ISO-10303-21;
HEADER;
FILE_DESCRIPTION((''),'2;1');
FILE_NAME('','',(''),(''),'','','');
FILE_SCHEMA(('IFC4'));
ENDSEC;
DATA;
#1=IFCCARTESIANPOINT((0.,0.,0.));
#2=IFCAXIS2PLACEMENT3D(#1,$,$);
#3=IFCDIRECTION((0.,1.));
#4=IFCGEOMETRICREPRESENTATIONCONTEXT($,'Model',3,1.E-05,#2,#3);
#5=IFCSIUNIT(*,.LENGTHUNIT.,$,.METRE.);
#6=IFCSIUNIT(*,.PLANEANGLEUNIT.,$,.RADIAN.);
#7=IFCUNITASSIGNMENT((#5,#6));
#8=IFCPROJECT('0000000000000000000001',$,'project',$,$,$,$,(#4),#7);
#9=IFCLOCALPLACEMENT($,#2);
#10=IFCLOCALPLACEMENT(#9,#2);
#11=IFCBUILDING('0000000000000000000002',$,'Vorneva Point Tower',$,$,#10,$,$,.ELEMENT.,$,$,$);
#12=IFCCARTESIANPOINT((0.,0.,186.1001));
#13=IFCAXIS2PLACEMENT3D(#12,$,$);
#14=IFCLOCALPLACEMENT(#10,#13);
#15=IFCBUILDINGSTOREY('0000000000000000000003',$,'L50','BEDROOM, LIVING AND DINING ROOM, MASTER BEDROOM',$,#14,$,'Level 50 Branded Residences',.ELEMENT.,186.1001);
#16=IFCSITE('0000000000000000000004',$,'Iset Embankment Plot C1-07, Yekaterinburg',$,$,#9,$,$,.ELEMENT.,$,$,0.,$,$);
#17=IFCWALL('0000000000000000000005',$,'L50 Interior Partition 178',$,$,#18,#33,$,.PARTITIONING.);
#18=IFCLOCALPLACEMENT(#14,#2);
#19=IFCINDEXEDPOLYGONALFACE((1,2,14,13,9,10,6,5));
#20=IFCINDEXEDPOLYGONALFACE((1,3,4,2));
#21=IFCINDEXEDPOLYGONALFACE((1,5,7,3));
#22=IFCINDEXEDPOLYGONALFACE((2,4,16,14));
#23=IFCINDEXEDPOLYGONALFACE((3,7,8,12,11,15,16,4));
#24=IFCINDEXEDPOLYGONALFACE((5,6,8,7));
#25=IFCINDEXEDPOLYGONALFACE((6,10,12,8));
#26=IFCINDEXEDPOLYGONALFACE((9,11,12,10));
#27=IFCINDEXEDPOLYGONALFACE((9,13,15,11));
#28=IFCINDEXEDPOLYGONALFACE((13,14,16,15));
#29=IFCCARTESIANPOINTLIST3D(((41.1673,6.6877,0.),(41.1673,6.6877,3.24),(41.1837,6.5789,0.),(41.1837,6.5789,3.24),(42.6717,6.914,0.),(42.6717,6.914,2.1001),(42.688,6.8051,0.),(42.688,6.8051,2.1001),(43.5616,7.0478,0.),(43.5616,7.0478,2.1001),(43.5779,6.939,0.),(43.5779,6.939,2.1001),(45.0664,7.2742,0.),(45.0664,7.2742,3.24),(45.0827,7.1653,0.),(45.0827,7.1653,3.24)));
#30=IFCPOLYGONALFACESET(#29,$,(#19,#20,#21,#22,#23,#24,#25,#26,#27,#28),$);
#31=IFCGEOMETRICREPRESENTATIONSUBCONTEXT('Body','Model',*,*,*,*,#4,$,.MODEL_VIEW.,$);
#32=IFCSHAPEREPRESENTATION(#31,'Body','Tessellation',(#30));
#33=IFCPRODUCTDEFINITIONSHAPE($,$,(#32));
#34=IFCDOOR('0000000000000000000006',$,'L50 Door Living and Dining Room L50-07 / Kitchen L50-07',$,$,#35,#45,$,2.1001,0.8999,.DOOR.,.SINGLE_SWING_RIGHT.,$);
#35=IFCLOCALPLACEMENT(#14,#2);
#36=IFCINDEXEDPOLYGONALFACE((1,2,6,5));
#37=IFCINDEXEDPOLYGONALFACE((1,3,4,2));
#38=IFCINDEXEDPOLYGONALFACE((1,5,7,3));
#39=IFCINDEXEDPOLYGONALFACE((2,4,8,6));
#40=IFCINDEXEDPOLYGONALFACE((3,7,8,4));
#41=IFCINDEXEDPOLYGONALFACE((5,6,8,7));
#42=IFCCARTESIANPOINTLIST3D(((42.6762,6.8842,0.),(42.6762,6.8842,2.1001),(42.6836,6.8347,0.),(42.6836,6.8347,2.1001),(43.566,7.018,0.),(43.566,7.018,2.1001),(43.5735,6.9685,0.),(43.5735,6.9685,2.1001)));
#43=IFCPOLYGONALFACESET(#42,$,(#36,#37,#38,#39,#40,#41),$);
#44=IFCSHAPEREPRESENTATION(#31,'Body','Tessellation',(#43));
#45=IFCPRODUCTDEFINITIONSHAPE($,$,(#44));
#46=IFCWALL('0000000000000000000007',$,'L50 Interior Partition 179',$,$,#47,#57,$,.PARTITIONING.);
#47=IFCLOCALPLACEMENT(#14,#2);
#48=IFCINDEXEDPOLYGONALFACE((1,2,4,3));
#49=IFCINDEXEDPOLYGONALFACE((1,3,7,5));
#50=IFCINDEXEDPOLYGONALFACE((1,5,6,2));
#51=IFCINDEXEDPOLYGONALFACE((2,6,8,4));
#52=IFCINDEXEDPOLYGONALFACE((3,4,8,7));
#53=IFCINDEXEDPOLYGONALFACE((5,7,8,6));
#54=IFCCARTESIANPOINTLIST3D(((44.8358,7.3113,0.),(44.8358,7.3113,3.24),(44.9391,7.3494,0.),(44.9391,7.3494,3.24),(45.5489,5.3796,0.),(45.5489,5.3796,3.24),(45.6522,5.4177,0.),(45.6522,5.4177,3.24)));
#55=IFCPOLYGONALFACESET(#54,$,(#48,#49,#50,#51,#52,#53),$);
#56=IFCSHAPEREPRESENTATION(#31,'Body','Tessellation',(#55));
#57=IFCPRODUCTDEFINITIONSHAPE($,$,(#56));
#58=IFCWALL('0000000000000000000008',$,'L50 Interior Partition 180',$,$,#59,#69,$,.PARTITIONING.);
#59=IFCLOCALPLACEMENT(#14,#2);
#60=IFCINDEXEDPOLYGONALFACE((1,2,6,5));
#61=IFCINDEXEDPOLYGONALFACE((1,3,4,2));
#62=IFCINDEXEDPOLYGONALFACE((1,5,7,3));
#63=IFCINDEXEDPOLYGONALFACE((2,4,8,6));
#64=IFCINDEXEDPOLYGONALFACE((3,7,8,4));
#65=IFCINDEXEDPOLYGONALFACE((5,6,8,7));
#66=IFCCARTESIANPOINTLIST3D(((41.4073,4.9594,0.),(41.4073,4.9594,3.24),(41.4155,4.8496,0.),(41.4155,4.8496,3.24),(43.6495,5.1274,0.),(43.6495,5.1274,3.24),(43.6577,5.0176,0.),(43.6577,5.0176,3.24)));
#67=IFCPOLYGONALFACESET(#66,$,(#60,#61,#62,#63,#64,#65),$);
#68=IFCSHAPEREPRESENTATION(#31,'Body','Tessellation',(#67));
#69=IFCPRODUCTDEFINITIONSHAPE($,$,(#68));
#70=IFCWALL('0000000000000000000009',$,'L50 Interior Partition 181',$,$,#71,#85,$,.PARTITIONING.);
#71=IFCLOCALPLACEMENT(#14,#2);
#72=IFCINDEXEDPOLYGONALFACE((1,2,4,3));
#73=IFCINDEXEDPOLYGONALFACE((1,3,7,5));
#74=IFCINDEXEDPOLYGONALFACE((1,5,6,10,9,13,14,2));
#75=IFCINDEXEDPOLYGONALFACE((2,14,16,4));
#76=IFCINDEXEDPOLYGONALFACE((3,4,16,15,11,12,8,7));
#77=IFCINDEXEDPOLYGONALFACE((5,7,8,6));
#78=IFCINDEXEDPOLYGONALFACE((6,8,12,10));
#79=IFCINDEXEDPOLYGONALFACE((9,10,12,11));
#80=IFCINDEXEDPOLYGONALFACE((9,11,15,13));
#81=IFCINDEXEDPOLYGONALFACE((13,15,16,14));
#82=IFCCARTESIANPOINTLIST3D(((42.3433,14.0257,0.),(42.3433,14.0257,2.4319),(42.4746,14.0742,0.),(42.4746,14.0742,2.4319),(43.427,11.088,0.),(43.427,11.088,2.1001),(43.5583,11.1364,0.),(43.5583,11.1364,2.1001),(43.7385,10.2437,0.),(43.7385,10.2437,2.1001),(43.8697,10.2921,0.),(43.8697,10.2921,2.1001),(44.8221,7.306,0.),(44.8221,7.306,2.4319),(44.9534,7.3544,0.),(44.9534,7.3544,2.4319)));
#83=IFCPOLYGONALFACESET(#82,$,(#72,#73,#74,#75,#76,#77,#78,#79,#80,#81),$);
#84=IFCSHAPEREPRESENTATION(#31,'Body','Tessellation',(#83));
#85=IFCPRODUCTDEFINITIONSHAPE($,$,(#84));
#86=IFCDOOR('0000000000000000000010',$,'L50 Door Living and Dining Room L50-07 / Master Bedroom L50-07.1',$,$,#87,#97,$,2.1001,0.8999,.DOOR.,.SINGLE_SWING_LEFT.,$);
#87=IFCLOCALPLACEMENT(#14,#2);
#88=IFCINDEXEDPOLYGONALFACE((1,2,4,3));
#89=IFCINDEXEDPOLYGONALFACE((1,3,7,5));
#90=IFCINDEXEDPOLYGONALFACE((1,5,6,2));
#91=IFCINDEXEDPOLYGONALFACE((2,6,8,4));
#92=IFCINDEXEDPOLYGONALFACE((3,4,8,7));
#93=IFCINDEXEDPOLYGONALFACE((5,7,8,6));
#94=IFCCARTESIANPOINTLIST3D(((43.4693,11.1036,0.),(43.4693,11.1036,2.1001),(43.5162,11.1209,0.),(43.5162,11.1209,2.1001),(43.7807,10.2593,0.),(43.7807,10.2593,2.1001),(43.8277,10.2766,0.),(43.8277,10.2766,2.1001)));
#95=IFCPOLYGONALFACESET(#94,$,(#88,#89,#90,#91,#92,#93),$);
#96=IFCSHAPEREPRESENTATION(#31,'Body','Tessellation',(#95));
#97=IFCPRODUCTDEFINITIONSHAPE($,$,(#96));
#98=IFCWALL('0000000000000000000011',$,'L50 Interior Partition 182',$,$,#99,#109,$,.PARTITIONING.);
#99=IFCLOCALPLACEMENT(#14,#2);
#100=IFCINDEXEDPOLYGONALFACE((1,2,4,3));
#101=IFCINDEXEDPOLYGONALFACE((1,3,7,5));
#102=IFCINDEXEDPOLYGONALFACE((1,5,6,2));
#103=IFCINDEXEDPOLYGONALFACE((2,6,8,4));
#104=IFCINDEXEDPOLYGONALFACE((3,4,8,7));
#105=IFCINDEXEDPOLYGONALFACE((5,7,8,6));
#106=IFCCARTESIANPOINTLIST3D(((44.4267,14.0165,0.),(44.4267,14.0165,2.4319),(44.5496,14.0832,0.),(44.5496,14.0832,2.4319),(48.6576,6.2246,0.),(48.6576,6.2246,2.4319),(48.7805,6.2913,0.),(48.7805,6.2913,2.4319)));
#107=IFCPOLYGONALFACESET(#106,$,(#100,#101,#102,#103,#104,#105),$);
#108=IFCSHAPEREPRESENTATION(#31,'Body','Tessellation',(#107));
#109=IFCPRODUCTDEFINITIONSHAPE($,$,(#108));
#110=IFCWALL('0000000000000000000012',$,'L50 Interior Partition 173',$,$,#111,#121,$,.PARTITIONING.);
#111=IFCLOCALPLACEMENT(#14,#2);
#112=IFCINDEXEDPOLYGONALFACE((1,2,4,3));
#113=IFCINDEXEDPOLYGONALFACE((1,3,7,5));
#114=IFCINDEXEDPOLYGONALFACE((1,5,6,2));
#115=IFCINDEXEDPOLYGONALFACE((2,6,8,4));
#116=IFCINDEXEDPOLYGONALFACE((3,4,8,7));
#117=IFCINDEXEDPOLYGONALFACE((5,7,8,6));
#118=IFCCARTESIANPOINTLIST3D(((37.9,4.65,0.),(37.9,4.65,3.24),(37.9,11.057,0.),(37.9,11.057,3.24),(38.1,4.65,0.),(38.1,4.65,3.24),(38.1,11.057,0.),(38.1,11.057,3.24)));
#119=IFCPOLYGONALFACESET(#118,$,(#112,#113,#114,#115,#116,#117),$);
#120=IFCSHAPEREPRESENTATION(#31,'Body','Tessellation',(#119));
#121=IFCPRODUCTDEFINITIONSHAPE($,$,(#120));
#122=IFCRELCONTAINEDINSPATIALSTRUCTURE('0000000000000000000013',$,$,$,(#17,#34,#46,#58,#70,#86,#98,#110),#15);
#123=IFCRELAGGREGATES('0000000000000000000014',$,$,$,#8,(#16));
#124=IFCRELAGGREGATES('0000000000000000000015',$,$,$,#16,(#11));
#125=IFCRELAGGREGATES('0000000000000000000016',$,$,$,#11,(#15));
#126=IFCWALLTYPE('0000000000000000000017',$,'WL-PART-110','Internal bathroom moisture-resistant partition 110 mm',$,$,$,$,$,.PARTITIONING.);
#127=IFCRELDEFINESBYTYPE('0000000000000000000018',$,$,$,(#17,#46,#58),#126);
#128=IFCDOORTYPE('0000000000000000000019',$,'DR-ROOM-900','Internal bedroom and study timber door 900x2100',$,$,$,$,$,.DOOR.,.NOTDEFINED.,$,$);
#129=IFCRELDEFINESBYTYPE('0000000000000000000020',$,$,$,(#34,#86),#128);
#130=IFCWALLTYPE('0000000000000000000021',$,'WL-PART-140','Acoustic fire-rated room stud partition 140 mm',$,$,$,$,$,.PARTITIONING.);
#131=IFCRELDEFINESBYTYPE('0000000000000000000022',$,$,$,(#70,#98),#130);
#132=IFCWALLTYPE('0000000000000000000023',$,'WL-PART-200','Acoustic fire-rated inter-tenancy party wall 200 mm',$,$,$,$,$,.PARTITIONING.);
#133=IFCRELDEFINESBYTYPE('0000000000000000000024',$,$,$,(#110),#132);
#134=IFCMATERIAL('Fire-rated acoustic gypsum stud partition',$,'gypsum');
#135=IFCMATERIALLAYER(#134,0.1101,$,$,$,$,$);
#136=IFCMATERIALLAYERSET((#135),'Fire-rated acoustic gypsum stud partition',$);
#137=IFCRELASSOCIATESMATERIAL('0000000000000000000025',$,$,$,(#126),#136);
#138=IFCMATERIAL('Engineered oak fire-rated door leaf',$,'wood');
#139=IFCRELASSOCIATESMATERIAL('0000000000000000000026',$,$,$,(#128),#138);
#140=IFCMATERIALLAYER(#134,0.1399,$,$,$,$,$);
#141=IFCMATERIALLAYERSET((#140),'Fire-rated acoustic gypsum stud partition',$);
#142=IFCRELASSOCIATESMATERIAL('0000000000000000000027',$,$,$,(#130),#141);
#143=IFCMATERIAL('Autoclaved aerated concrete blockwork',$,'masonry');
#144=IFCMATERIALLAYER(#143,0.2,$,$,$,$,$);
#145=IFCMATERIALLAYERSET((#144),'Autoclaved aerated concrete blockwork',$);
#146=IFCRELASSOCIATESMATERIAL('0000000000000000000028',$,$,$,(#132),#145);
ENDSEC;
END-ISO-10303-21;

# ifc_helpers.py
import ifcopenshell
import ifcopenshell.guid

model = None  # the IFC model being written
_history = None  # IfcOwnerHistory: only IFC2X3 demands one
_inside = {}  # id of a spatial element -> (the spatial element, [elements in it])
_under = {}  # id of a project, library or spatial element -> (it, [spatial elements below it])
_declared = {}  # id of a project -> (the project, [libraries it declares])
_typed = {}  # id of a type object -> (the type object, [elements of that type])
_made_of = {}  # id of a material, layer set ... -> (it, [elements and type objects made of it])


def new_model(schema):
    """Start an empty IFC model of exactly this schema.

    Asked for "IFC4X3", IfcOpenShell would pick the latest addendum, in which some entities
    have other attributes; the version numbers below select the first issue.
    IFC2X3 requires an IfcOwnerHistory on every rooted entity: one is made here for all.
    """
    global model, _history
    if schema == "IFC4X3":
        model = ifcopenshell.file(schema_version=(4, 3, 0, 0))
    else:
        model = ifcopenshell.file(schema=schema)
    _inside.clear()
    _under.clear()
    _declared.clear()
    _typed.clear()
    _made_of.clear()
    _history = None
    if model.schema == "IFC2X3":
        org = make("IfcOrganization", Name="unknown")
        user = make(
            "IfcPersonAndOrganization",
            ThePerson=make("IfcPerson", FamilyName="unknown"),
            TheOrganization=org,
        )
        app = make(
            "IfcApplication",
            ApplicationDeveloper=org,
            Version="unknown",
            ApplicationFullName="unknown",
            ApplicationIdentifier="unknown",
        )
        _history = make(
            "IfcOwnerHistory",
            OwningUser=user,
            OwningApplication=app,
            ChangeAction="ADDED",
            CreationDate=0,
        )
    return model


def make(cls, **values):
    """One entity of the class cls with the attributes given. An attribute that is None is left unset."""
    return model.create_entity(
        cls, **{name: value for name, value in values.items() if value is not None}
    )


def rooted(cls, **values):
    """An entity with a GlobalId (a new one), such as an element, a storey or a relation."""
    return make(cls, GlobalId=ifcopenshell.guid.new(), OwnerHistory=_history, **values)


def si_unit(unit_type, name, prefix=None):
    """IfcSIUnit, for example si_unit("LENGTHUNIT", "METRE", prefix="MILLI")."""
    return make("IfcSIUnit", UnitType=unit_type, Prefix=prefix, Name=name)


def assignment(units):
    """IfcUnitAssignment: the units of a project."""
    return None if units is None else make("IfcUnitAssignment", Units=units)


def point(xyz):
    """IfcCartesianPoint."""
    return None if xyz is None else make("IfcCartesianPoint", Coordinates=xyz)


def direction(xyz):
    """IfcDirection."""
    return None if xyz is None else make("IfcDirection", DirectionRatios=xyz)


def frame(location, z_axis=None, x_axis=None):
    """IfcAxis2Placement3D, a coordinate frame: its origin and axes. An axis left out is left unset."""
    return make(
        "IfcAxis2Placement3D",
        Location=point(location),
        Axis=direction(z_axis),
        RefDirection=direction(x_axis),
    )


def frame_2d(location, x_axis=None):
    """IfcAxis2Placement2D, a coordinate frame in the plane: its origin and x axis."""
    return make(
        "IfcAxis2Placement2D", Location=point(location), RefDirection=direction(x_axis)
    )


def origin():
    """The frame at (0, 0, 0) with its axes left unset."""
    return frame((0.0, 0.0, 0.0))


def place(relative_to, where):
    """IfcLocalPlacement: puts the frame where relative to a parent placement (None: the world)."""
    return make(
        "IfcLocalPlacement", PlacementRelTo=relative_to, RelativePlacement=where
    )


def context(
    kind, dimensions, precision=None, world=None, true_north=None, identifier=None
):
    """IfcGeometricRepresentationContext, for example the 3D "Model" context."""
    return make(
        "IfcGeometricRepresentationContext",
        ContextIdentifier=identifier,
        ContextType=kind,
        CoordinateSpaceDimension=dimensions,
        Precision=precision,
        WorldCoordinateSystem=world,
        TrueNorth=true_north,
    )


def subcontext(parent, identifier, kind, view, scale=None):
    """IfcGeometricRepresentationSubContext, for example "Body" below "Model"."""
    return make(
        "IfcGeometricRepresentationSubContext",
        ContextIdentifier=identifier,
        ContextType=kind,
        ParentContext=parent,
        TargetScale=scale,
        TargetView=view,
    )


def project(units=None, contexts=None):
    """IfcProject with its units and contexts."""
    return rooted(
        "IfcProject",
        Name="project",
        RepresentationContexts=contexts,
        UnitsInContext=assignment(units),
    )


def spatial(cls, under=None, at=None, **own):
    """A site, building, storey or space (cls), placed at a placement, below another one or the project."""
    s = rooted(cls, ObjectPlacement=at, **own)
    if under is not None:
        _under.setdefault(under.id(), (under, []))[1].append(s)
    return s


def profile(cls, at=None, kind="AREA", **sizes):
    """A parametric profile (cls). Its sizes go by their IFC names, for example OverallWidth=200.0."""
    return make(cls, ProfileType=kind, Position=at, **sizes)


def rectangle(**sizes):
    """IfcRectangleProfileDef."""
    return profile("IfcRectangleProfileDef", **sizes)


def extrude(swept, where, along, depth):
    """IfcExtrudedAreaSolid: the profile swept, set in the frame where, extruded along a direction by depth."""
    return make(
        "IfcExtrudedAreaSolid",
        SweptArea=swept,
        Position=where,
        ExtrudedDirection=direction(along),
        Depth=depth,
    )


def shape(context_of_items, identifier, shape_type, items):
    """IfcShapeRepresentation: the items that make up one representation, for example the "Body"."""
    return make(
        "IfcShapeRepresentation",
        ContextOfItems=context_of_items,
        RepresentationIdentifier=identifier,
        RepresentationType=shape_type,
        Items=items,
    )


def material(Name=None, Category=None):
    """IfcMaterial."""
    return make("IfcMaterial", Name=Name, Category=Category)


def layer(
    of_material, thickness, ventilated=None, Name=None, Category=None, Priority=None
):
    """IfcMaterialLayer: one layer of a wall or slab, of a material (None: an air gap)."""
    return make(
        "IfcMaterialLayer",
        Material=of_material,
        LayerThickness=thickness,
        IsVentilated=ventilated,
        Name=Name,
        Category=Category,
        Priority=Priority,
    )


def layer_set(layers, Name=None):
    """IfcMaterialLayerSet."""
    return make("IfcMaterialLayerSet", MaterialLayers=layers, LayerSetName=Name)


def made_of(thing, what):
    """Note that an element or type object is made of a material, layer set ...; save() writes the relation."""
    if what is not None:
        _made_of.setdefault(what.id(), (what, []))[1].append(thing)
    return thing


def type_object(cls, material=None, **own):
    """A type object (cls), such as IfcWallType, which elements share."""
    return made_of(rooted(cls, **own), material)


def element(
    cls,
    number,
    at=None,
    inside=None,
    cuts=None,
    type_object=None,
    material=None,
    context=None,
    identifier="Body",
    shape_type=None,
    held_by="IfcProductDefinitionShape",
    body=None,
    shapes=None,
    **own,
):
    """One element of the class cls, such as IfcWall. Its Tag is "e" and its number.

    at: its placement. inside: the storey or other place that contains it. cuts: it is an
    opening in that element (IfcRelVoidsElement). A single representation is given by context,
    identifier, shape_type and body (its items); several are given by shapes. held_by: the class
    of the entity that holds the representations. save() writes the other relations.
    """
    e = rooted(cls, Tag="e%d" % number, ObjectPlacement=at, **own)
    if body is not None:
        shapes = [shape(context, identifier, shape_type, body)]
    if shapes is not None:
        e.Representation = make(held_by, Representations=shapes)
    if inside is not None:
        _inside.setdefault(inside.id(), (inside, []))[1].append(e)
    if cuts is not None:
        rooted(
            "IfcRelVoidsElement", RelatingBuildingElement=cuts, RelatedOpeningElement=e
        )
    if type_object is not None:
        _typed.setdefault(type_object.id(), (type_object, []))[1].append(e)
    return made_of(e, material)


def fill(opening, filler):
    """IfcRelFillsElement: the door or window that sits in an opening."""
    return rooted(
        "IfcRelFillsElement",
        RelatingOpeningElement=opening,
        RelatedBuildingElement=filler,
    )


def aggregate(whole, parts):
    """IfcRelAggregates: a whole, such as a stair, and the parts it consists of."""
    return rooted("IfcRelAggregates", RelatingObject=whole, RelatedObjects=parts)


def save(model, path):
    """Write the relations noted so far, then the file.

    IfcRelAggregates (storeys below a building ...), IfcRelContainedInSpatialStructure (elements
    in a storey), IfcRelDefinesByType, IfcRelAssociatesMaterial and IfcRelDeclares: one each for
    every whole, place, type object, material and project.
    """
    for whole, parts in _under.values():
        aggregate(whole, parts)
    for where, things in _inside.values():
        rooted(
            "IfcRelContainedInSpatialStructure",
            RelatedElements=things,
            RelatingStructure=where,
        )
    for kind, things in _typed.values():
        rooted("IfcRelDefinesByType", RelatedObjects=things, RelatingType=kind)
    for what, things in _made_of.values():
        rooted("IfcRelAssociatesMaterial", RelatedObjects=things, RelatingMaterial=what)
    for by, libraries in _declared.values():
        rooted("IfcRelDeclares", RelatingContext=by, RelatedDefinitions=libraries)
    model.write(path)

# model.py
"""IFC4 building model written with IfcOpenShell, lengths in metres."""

from ifc_helpers import new_model, si_unit, direction, frame, frame_2d, origin, place, context, subcontext, project, spatial, rectangle, extrude, material, layer, layer_set, type_object, element, fill, save


model = new_model("IFC4")

# Units and contexts
model_context = context("Model", 3, precision=1e-05, world=origin(), true_north=direction((0.0, 1.0)))
body_context = subcontext(model_context, "Body", "Model", "MODEL_VIEW")
ifc_project = project(units=[si_unit("LENGTHUNIT", "METRE"), si_unit("PLANEANGLEUNIT", "RADIAN")], contexts=[model_context])

# Site, building, storey
site_placement = place(None, origin())
site = spatial("IfcSite", under=ifc_project, at=site_placement, Name="Iset Embankment Plot C1-07, Yekaterinburg", CompositionType="ELEMENT", RefElevation=0.0)
building_placement = place(site_placement, origin())
building = spatial("IfcBuilding", under=site, at=building_placement, Name="Vorneva Point Tower", CompositionType="ELEMENT")
storey_placement = place(building_placement, frame((0.0, 0.0, 186.1001)))
storey = spatial("IfcBuildingStorey", under=building, at=storey_placement, Name="L50", Description="BEDROOM, LIVING AND DINING ROOM, MASTER BEDROOM", LongName="Level 50 Branded Residences", CompositionType="ELEMENT", Elevation=186.1001)

# Shared definitions
ifc_material_1 = material(Name="Fire-rated acoustic gypsum stud partition", Category="gypsum")
ifc_layer_1 = layer(ifc_material_1, 0.1101)
ifc_layer_set_1 = layer_set([ifc_layer_1], Name="Fire-rated acoustic gypsum stud partition")
wall_type_1 = type_object("IfcWallType", Name="WL-PART-110", Description="Internal bathroom moisture-resistant partition 110 mm", PredefinedType="PARTITIONING", material=ifc_layer_set_1)

# Wall, opening, door
wall_1_placement = place(storey_placement, frame((41.1755, 6.6333, 0.0), z_axis=(0.0, 0.0, 1.0), x_axis=(0.988877, 0.148734, 0.0)))
wall_1 = element("IfcWall", 1, at=wall_1_placement, inside=storey, type_object=wall_type_1, Name="L50 Interior Partition 178", PredefinedType="PARTITIONING", context=body_context, shape_type="SweptSolid", body=[
    extrude(rectangle(XDim=3.9429, YDim=0.1101, at=frame_2d((1.9714, 0.0))), origin(), (0.0, 0.0, 1.0), 3.24),
])
opening_1_placement = place(wall_1_placement, frame((1.5212, 0.0, 0.0)))
opening_1 = element("IfcOpeningElement", 2, at=opening_1_placement, cuts=wall_1, PredefinedType="OPENING", context=body_context, shape_type="SweptSolid", body=[
    extrude(rectangle(XDim=0.8999, YDim=2.1001, at=frame_2d((0.45, 1.05))), frame((0.0, 0.0698, 0.0), z_axis=(0.0, -1.0, 0.0), x_axis=(1.0, 0.0, 0.0)), (0.0, 0.0, 1.0), 0.1399),
])
ifc_material_2 = material(Name="Engineered oak fire-rated door leaf", Category="wood")
door_type = type_object("IfcDoorType", Name="DR-ROOM-900", Description="Internal bedroom and study timber door 900x2100", OperationType="NOTDEFINED", PredefinedType="DOOR", material=ifc_material_2)
door_1_placement = place(opening_1_placement, origin())
door_1 = element("IfcDoor", 3, at=door_1_placement, inside=storey, type_object=door_type, Name="L50 Door Living and Dining Room L50-07 / Kitchen L50-07", OperationType="SINGLE_SWING_RIGHT", OverallHeight=2.1001, OverallWidth=0.8999, PredefinedType="DOOR", context=body_context, shape_type="SweptSolid", body=[
    extrude(rectangle(XDim=0.8999, YDim=2.1001, at=frame_2d((0.45, 1.05))), frame((0.0, 0.0249, 0.0), z_axis=(0.0, -1.0, 0.0), x_axis=(1.0, 0.0, 0.0)), (0.0, 0.0, 1.0), 0.05),
])
fill(opening_1, door_1)

# Walls
wall_2_placement = place(storey_placement, frame((44.8875, 7.3303, 0.0), z_axis=(0.0, 0.0, 1.0), x_axis=(0.346337, -0.93811, 0.0)))
element("IfcWall", 4, at=wall_2_placement, inside=storey, type_object=wall_type_1, Name="L50 Interior Partition 179", PredefinedType="PARTITIONING", context=body_context, shape_type="SweptSolid", body=[
    extrude(rectangle(XDim=2.0591, YDim=0.1101, at=frame_2d((1.0295, 0.0))), origin(), (0.0, 0.0, 1.0), 3.24),
])
wall_3_placement = place(storey_placement, frame((41.4114, 4.9045, 0.0), z_axis=(0.0, 0.0, 1.0), x_axis=(0.997206, 0.074704, 0.0)))
element("IfcWall", 5, at=wall_3_placement, inside=storey, type_object=wall_type_1, Name="L50 Interior Partition 180", PredefinedType="PARTITIONING", context=body_context, shape_type="SweptSolid", body=[
    extrude(rectangle(XDim=2.2485, YDim=0.1101, at=frame_2d((1.1243, 0.0))), origin(), (0.0, 0.0, 1.0), 3.24),
])

# Wall, opening, door
ifc_layer_2 = layer(ifc_material_1, 0.1399)
ifc_layer_set_2 = layer_set([ifc_layer_2], Name="Fire-rated acoustic gypsum stud partition")
wall_type_2 = type_object("IfcWallType", Name="WL-PART-140", Description="Acoustic fire-rated room stud partition 140 mm", PredefinedType="PARTITIONING", material=ifc_layer_set_2)
wall_4_placement = place(storey_placement, frame((44.8877, 7.3303, 0.0), z_axis=(0.0, 0.0, 1.0), x_axis=(-0.346083, 0.938204, 0.0)))
wall_4 = element("IfcWall", 6, at=wall_4_placement, inside=storey, type_object=wall_type_2, Name="L50 Interior Partition 181", PredefinedType="PARTITIONING", context=body_context, shape_type="SweptSolid", body=[
    extrude(rectangle(XDim=7.1624, YDim=0.1399, at=frame_2d((3.5811, 0.0))), origin(), (0.0, 0.0, 1.0), 2.4319),
])
opening_2_placement = place(wall_4_placement, frame((3.1311, 0.0, 0.0)))
opening_2 = element("IfcOpeningElement", 7, at=opening_2_placement, cuts=wall_4, PredefinedType="OPENING", context=body_context, shape_type="SweptSolid", body=[
    extrude(rectangle(XDim=0.8999, YDim=2.1001, at=frame_2d((0.45, 1.05))), frame((0.0, 0.085, 0.0), z_axis=(0.0, -1.0, 0.0), x_axis=(1.0, 0.0, 0.0)), (0.0, 0.0, 1.0), 0.1697),
])
door_2_placement = place(opening_2_placement, origin())
door_2 = element("IfcDoor", 8, at=door_2_placement, inside=storey, type_object=door_type, Name="L50 Door Living and Dining Room L50-07 / Master Bedroom L50-07.1", OperationType="SINGLE_SWING_LEFT", OverallHeight=2.1001, OverallWidth=0.8999, PredefinedType="DOOR", context=body_context, shape_type="SweptSolid", body=[
    extrude(rectangle(XDim=0.8999, YDim=2.1001, at=frame_2d((0.45, 1.05))), frame((0.0, 0.0249, 0.0), z_axis=(0.0, -1.0, 0.0), x_axis=(1.0, 0.0, 0.0)), (0.0, 0.0, 1.0), 0.05),
])
fill(opening_2, door_2)

# Walls
wall_5_placement = place(storey_placement, frame((48.719, 6.2581, 0.0), z_axis=(0.0, 0.0, 1.0), x_axis=(-0.477181, 0.878805, 0.0)))
element("IfcWall", 9, at=wall_5_placement, inside=storey, type_object=wall_type_2, Name="L50 Interior Partition 182", PredefinedType="PARTITIONING", context=body_context, shape_type="SweptSolid", body=[
    extrude(rectangle(XDim=8.8665, YDim=0.1399, at=frame_2d((4.4331, 0.0))), origin(), (0.0, 0.0, 1.0), 2.4319),
])
ifc_material_3 = material(Name="Autoclaved aerated concrete blockwork", Category="masonry")
ifc_layer_3 = layer(ifc_material_3, 0.2)
ifc_layer_set_3 = layer_set([ifc_layer_3], Name="Autoclaved aerated concrete blockwork")
wall_type_3 = type_object("IfcWallType", Name="WL-PART-200", Description="Acoustic fire-rated inter-tenancy party wall 200 mm", PredefinedType="PARTITIONING", material=ifc_layer_set_3)
wall_6_placement = place(storey_placement, frame((38.0, 4.6499, 0.0), z_axis=(0.0, 0.0, 1.0), x_axis=(0.0, 1.0, 0.0)))
element("IfcWall", 10, at=wall_6_placement, inside=storey, type_object=wall_type_3, Name="L50 Interior Partition 173", PredefinedType="PARTITIONING", context=body_context, shape_type="SweptSolid", body=[
    extrude(rectangle(XDim=6.407, YDim=0.2, at=frame_2d((3.2036, 0.0))), origin(), (0.0, 0.0, 1.0), 3.24),
])

save(model, "model.ifc")
